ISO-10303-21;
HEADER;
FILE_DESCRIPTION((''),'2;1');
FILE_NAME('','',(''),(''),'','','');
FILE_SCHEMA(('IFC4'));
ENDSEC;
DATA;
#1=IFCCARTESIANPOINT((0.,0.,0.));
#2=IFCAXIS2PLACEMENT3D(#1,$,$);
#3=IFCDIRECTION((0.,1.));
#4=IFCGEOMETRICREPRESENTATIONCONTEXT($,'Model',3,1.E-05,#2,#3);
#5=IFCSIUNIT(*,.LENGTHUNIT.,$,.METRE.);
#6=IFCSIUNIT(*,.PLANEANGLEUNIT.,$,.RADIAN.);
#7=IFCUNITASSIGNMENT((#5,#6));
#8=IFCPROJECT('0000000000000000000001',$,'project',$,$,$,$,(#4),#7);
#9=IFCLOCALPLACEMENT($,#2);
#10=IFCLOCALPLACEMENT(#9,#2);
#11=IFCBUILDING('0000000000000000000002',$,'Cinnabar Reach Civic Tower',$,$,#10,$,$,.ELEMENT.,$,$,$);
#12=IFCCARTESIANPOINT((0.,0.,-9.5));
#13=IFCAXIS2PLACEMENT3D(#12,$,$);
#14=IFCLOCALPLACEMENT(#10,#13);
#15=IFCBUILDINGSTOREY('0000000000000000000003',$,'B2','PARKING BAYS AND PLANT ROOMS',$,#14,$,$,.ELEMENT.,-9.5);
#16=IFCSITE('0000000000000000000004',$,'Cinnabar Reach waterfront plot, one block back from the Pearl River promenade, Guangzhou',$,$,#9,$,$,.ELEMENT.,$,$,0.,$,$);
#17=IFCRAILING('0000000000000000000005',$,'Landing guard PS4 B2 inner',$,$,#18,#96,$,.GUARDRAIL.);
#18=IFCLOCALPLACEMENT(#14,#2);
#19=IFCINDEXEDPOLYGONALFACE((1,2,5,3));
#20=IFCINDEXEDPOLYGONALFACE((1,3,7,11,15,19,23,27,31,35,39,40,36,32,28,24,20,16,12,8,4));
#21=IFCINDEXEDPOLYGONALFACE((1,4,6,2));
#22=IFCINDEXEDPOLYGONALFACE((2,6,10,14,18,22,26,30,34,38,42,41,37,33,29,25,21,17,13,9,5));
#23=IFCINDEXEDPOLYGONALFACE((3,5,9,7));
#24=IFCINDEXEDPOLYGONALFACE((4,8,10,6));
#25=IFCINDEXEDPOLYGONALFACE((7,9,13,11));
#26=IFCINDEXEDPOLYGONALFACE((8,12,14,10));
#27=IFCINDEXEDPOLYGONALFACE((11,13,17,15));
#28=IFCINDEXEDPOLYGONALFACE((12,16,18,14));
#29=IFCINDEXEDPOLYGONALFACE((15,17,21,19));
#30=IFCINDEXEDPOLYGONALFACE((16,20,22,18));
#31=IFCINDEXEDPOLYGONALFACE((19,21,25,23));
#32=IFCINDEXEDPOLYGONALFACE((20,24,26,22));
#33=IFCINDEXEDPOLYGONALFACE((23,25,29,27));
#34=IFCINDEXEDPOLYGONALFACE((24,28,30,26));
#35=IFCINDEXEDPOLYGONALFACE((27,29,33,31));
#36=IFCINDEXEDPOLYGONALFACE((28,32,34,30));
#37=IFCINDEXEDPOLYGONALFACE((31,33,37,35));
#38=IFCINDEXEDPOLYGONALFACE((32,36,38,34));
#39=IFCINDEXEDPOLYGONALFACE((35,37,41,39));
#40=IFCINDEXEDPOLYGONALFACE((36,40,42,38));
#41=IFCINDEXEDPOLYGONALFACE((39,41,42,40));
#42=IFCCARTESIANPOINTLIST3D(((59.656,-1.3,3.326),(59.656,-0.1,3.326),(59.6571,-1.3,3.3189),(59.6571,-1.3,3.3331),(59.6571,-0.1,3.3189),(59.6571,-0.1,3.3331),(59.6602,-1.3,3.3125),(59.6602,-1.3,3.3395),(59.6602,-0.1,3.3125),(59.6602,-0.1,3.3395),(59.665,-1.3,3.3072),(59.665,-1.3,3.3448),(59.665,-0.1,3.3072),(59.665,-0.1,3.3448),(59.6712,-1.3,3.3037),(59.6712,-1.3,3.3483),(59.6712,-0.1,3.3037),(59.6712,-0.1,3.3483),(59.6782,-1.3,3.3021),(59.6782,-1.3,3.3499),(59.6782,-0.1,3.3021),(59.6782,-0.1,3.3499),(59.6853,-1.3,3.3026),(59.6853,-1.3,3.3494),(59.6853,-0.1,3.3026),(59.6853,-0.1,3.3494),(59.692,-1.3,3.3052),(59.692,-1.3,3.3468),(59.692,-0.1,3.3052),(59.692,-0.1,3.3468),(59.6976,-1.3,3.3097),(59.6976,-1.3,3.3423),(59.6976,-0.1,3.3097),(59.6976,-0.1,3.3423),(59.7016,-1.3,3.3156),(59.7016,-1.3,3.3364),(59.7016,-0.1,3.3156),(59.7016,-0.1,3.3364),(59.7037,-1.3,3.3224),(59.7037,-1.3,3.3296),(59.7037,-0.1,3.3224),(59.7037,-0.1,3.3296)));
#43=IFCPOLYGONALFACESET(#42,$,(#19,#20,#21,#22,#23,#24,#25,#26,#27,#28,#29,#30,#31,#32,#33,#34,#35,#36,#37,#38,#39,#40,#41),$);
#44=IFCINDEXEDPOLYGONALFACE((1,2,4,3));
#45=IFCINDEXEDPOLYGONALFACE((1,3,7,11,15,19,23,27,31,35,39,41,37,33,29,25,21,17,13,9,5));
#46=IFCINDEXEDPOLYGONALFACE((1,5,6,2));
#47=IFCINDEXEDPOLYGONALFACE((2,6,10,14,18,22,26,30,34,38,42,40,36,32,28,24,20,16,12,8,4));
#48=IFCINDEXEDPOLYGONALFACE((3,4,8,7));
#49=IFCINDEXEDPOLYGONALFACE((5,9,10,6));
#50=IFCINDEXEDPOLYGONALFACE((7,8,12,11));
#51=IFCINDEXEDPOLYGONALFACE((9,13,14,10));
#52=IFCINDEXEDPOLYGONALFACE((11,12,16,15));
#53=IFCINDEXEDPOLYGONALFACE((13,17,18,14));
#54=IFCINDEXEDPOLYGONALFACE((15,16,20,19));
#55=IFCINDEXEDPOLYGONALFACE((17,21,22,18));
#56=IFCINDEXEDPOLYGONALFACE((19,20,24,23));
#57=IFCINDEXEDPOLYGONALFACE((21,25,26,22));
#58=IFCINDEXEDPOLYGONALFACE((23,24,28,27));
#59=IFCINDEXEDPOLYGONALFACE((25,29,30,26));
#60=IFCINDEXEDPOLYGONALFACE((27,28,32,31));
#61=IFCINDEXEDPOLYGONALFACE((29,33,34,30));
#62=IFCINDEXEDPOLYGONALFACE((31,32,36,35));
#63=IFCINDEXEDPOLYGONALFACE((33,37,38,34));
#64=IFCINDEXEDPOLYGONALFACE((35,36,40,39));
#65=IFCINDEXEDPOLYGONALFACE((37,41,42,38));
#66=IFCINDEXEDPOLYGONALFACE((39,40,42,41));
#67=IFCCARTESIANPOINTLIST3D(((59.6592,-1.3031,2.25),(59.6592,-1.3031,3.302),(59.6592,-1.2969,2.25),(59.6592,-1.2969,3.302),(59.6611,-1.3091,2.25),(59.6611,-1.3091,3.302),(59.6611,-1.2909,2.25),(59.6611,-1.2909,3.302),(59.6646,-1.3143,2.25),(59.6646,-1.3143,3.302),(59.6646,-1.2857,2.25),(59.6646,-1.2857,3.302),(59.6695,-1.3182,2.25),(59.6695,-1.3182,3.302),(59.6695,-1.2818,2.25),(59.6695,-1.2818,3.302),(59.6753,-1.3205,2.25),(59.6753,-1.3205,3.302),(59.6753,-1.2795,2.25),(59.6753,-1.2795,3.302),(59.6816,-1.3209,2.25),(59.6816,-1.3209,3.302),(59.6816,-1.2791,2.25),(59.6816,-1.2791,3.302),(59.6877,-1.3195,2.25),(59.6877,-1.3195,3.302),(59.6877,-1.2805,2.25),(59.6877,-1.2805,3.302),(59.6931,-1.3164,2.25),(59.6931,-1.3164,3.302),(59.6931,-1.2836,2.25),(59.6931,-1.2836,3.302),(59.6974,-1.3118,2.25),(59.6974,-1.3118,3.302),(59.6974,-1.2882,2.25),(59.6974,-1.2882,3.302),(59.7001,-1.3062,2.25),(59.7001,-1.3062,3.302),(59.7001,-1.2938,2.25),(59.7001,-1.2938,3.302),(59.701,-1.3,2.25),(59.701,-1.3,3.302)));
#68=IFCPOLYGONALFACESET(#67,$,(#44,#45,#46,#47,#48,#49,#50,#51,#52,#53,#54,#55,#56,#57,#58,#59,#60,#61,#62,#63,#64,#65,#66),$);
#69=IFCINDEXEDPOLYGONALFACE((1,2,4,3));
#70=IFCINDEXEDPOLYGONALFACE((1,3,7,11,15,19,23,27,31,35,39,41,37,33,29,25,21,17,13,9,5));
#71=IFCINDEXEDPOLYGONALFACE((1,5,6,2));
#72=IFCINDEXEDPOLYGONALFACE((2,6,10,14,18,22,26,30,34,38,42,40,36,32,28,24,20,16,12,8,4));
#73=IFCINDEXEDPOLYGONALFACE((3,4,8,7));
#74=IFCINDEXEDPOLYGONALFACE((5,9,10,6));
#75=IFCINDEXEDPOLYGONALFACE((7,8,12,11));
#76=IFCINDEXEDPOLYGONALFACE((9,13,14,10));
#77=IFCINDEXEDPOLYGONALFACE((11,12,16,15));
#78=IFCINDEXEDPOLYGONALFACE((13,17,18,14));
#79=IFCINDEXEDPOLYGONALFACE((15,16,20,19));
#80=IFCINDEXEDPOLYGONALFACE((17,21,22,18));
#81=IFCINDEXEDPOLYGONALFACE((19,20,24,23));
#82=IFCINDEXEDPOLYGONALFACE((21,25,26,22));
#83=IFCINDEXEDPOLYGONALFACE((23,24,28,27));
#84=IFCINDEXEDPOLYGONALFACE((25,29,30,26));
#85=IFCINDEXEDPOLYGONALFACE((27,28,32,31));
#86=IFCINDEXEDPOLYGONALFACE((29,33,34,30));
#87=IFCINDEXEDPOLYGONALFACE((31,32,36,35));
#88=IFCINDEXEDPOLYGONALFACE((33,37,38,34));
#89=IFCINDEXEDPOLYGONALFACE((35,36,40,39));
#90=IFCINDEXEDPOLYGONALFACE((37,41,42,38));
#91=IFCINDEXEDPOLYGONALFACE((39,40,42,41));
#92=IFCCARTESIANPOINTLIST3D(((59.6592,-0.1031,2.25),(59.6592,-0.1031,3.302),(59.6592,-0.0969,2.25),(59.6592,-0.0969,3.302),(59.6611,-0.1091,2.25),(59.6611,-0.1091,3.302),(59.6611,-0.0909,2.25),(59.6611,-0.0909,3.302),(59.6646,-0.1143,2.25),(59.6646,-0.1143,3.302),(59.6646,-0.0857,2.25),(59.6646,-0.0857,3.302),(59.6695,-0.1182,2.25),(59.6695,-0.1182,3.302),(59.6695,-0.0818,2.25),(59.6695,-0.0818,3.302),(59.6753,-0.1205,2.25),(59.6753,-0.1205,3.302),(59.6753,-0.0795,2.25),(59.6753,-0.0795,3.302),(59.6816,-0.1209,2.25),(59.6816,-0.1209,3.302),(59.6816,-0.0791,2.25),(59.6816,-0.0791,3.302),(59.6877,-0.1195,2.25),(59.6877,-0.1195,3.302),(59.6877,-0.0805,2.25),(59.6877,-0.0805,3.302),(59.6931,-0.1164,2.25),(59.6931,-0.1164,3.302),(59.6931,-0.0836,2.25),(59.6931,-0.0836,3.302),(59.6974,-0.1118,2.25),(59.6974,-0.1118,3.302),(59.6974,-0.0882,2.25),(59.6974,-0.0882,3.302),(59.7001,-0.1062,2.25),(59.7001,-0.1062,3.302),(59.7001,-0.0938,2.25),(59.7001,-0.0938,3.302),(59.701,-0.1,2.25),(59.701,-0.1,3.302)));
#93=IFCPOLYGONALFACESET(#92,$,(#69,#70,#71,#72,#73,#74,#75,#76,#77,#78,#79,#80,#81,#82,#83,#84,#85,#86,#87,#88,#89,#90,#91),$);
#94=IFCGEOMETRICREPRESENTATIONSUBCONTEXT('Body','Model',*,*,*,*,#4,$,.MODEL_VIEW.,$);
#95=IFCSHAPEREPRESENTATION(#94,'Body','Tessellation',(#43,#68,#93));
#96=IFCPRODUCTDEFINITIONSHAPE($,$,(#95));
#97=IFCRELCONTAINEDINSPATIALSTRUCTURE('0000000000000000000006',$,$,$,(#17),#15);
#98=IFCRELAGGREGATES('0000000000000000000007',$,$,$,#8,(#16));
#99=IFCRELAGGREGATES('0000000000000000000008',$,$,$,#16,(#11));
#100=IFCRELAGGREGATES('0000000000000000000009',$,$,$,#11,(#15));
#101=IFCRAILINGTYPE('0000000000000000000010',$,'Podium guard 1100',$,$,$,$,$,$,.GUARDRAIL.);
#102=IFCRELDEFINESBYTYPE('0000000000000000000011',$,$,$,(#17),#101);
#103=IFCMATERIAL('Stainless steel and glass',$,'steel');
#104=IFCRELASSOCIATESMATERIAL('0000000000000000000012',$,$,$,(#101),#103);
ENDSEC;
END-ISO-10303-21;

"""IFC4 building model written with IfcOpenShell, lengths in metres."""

from ifc_helpers import new_model, si_unit, direction, frame, origin, origin_2d, place, context, subcontext, project, spatial, circle, extrude, material, type_object, element, save


model = new_model("IFC4")

# Units and contexts
model_context = context("Model", 3, precision=1e-05, world=origin(), true_north=direction((0.0, 1.0)))
body_context = subcontext(model_context, "Body", "Model", "MODEL_VIEW")
ifc_project = project(units=[si_unit("LENGTHUNIT", "METRE"), si_unit("PLANEANGLEUNIT", "RADIAN")], contexts=[model_context])

# Site, building, storey
site_placement = place(None, origin())
site = spatial("IfcSite", under=ifc_project, at=site_placement, Name="Cinnabar Reach waterfront plot, one block back from the Pearl River promenade, Guangzhou", CompositionType="ELEMENT", RefElevation=0.0)
building_placement = place(site_placement, origin())
building = spatial("IfcBuilding", under=site, at=building_placement, Name="Cinnabar Reach Civic Tower", CompositionType="ELEMENT")
storey_placement = place(building_placement, frame((0.0, 0.0, -9.5)))
storey = spatial("IfcBuildingStorey", under=building, at=storey_placement, Name="B2", Description="PARKING BAYS AND PLANT ROOMS", CompositionType="ELEMENT", Elevation=-9.5)

# Railing
ifc_material_1 = material(Name="Stainless steel and glass", Category="steel")
railing_type_1 = type_object("IfcRailingType", Name="Podium guard 1100", PredefinedType="GUARDRAIL", material=ifc_material_1)
railing_1_placement = place(storey_placement, frame((59.68, -1.3, 2.25)))
element("IfcRailing", 1, at=railing_1_placement, inside=storey, type_object=railing_type_1, Name="Landing guard PS4 B2 inner", PredefinedType="GUARDRAIL", context=body_context, shape_type="SweptSolid", body=[
    extrude(circle(Radius=0.024, at=origin_2d()), frame((0.0, 0.0, 1.076), z_axis=(0.0, 1.0, 0.0), x_axis=(-1.0, 0.0, 0.0)), (0.0, 0.0, 1.0), 1.2),
    extrude(circle(Radius=0.021, at=origin_2d()), origin(), (0.0, 0.0, 1.0), 1.052),
    extrude(circle(Radius=0.021, at=origin_2d()), frame((0.0, 1.2, 0.0)), (0.0, 0.0, 1.0), 1.052),
])

save(model, "model.ifc")
